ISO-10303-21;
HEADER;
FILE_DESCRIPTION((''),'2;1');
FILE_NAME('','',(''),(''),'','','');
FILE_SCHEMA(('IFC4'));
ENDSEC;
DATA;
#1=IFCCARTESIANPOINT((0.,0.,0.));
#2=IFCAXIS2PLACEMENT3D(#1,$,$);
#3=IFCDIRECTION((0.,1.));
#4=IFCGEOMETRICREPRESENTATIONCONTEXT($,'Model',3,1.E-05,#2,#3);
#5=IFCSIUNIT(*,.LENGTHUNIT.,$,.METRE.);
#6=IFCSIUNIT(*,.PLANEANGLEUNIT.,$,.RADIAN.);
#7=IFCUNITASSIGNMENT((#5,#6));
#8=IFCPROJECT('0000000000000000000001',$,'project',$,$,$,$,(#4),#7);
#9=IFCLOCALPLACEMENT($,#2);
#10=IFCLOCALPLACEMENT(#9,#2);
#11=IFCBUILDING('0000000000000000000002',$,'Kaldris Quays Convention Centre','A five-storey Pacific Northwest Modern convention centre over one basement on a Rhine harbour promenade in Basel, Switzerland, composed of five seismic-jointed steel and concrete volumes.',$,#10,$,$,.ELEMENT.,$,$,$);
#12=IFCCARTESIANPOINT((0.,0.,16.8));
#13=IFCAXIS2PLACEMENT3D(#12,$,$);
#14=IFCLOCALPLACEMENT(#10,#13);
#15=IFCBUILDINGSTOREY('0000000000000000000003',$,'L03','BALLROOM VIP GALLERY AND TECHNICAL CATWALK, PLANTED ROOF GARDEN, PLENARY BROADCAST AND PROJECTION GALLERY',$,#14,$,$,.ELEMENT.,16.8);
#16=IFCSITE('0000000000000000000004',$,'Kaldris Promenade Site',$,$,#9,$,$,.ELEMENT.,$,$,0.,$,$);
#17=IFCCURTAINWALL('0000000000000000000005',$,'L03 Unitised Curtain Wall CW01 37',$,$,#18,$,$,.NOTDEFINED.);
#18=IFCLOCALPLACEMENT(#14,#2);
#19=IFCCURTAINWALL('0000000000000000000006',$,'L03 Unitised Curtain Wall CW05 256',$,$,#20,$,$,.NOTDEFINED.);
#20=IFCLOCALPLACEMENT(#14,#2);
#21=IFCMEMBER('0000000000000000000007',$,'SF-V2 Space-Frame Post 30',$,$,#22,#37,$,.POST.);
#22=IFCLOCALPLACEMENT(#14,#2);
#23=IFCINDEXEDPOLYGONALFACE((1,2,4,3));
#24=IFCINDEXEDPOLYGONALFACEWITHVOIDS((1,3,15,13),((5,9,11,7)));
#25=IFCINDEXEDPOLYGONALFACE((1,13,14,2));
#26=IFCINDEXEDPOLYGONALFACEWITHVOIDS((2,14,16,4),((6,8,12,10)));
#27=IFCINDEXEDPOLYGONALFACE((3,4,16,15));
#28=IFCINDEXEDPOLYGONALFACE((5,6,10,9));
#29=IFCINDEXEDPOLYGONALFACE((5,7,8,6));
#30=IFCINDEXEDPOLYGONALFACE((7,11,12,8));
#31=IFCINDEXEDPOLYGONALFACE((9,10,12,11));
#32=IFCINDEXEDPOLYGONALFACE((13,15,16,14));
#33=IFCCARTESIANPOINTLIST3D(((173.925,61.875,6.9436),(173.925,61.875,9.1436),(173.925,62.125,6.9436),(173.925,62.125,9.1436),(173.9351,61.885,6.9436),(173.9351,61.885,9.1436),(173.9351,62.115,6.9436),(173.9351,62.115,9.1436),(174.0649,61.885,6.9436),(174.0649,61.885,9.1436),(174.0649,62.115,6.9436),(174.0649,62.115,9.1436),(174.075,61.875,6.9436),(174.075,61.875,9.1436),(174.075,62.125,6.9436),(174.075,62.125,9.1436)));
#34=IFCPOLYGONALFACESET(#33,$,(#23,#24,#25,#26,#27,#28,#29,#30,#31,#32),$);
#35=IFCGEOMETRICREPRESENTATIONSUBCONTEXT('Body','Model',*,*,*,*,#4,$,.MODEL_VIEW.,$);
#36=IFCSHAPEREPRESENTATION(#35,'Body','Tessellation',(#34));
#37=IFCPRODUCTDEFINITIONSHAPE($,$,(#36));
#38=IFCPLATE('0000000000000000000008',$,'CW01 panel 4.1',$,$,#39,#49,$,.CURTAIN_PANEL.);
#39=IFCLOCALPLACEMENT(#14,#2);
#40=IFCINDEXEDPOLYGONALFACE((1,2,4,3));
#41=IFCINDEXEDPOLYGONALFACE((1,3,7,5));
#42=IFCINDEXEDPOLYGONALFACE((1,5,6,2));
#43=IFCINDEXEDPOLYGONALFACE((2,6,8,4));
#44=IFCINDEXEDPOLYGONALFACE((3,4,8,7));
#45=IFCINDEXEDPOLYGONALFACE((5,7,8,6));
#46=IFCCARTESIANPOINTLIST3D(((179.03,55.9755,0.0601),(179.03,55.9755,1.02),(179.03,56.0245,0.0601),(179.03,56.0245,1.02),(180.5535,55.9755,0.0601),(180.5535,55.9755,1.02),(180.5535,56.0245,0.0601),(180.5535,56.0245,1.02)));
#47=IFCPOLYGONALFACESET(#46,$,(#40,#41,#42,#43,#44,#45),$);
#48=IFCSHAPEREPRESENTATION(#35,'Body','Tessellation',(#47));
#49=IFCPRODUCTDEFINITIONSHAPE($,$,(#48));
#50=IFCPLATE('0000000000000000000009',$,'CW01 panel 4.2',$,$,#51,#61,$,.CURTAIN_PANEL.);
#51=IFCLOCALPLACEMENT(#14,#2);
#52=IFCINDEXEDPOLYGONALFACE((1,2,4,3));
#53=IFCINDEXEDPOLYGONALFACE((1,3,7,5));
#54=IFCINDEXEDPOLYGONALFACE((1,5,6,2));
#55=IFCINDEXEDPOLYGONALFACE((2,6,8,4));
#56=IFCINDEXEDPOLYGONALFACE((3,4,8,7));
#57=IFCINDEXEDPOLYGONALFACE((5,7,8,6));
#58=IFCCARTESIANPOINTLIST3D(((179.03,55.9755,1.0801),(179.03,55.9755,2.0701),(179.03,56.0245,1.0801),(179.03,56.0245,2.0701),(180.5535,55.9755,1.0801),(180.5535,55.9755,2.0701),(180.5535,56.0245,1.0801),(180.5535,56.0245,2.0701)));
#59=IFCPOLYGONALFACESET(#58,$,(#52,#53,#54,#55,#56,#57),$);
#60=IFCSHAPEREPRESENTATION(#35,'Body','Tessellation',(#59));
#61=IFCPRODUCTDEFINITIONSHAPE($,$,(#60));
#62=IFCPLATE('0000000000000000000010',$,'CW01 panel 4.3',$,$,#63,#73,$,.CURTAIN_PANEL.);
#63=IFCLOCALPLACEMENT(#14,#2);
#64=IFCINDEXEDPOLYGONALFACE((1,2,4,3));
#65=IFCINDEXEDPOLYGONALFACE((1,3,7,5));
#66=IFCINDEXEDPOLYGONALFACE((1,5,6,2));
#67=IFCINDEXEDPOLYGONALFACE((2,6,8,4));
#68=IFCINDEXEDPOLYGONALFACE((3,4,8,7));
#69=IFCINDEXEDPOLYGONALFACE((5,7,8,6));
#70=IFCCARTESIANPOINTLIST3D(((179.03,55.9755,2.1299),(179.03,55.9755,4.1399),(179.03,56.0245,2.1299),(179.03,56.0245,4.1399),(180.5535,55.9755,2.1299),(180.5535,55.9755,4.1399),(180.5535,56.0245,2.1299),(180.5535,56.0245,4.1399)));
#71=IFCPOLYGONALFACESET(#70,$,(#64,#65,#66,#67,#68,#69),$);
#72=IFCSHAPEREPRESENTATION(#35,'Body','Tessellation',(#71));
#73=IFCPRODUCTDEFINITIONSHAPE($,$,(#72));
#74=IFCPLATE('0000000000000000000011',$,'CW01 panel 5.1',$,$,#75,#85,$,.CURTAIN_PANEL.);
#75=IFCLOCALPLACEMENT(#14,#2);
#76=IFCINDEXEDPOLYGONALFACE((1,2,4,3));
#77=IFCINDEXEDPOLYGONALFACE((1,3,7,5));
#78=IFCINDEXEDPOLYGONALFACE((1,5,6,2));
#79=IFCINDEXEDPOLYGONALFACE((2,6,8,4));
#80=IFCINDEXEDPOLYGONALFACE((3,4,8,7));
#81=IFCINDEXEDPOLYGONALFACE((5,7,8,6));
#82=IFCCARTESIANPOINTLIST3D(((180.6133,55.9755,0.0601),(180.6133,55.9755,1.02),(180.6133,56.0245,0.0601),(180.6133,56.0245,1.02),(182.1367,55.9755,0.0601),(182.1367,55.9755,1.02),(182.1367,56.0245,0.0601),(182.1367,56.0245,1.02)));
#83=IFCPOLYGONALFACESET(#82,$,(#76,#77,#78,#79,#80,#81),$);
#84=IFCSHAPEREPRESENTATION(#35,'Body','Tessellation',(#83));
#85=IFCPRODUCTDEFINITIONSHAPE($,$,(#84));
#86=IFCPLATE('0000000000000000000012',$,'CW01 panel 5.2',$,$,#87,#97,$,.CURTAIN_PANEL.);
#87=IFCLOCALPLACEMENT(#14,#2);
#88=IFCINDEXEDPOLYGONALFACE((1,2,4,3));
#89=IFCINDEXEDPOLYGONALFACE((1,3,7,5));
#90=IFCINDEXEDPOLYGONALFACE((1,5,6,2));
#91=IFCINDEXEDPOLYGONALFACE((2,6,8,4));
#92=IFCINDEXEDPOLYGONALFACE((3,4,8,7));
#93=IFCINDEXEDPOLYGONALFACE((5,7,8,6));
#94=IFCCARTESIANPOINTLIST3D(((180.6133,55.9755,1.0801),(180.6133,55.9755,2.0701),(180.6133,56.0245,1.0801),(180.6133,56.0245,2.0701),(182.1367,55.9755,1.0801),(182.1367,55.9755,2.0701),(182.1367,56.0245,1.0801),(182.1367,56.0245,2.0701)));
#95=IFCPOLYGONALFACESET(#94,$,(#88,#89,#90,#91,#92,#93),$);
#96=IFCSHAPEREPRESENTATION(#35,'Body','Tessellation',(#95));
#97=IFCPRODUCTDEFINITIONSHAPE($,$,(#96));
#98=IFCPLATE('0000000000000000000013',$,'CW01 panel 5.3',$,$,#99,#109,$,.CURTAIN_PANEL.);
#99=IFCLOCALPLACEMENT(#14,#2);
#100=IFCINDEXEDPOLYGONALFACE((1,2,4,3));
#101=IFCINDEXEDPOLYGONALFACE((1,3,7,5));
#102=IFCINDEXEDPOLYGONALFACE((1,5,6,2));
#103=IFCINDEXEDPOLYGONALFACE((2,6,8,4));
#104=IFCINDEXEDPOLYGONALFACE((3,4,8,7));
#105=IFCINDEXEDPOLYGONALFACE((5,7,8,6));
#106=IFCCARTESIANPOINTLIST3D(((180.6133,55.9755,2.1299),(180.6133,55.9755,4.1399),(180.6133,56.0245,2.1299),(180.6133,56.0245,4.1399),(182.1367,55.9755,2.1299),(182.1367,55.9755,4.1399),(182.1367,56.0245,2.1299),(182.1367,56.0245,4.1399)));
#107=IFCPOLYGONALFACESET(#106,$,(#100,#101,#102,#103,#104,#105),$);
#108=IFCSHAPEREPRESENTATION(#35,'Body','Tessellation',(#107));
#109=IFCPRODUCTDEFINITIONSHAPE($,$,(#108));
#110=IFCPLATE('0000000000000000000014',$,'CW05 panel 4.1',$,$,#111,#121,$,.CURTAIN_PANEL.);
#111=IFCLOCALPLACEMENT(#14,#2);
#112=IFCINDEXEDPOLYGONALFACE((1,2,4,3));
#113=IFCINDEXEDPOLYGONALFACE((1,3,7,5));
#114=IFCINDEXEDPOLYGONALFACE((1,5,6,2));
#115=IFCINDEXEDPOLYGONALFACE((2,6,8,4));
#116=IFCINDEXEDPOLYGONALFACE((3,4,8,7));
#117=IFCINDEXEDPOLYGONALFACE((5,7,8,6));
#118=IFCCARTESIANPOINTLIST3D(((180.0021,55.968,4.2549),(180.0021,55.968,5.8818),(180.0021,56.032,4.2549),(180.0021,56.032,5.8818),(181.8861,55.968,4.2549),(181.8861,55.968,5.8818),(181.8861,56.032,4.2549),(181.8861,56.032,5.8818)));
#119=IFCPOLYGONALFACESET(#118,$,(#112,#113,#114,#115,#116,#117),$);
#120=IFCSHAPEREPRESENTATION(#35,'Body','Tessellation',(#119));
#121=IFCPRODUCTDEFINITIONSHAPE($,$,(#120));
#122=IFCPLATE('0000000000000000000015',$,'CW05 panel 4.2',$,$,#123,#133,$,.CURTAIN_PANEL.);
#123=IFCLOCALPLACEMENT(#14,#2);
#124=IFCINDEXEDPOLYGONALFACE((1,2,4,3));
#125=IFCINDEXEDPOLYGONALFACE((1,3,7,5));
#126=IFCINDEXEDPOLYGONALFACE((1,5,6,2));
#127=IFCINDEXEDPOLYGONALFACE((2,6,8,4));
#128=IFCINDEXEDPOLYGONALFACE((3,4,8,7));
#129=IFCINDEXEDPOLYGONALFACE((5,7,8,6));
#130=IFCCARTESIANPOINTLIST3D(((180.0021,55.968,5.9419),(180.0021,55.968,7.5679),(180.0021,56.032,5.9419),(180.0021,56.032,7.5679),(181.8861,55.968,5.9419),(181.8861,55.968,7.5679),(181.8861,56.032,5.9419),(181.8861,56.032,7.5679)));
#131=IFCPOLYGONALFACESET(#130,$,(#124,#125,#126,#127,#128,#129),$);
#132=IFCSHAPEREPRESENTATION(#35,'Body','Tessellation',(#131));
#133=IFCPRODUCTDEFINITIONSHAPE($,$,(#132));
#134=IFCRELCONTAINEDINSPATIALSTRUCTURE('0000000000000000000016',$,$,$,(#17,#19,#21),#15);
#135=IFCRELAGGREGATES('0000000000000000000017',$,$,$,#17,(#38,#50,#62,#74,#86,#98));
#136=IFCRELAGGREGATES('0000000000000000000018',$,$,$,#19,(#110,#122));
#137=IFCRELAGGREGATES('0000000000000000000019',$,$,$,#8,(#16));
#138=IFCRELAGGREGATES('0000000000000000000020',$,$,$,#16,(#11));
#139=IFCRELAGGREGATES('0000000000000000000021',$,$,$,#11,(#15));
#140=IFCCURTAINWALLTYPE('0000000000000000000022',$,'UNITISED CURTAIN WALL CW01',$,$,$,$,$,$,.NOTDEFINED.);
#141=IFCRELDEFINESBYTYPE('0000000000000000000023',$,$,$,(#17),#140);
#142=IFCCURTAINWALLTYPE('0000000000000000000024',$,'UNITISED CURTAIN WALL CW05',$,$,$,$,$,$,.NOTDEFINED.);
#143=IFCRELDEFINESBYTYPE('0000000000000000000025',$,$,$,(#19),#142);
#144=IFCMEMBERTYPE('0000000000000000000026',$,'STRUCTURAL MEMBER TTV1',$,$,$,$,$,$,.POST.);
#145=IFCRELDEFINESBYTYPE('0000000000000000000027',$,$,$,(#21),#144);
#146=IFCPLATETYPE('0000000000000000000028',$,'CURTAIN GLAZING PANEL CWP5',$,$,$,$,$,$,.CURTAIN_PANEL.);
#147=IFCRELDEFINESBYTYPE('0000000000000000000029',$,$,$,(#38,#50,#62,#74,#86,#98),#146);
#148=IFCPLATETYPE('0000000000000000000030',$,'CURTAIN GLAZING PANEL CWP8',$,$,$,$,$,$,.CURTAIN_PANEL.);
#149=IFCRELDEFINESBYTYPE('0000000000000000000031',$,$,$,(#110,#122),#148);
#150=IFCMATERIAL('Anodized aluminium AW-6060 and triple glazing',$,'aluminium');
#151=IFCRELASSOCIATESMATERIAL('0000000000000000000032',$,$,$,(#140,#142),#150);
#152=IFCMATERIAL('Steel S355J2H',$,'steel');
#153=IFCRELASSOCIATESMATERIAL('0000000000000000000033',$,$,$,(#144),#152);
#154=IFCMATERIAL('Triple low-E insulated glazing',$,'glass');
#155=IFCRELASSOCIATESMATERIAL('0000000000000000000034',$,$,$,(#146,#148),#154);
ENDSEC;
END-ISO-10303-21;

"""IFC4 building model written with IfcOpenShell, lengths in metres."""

from ifc_helpers import new_model, si_unit, direction, frame, origin, origin_2d, place, context, subcontext, project, spatial, rectangle, hollow_rectangle, extrude, material, material_profile, profile_set, type_object, element, aggregate, save


model = new_model("IFC4")

# Units and contexts
model_context = context("Model", 3, precision=1e-05, world=origin(), true_north=direction((0.0, 1.0)))
body_context = subcontext(model_context, "Body", "Model", "MODEL_VIEW")
ifc_project = project(units=[si_unit("LENGTHUNIT", "METRE"), si_unit("PLANEANGLEUNIT", "RADIAN")], contexts=[model_context])

# Site, building, storey
site_placement = place(None, origin())
site = spatial("IfcSite", under=ifc_project, at=site_placement, Name="Kaldris Promenade Site", CompositionType="ELEMENT", RefElevation=0.0)
building_placement = place(site_placement, origin())
building = spatial("IfcBuilding", under=site, at=building_placement, Name="Kaldris Quays Convention Centre", Description="A five-storey Pacific Northwest Modern convention centre over one basement on a Rhine harbour promenade in Basel, Switzerland, composed of five seismic-jointed steel and concrete volumes.", CompositionType="ELEMENT")
storey_placement = place(building_placement, frame((0.0, 0.0, 16.8)))
storey = spatial("IfcBuildingStorey", under=building, at=storey_placement, Name="L03", Description="BALLROOM VIP GALLERY AND TECHNICAL CATWALK, PLANTED ROOF GARDEN, PLENARY BROADCAST AND PROJECTION GALLERY", CompositionType="ELEMENT", Elevation=16.8)

# Curtain walls
ifc_material_1 = material(Name="Anodized aluminium AW-6060 and triple glazing", Category="aluminium")
curtain_wall_type_1 = type_object("IfcCurtainWallType", Name="UNITISED CURTAIN WALL CW01", PredefinedType="NOTDEFINED", material=ifc_material_1)
curtain_wall_1_placement = place(storey_placement, origin())
curtain_wall_1 = element("IfcCurtainWall", 1, at=curtain_wall_1_placement, inside=storey, type_object=curtain_wall_type_1, Name="L03 Unitised Curtain Wall CW01 37", PredefinedType="NOTDEFINED")
curtain_wall_type_2 = type_object("IfcCurtainWallType", Name="UNITISED CURTAIN WALL CW05", PredefinedType="NOTDEFINED", material=ifc_material_1)
curtain_wall_2_placement = place(storey_placement, origin())
curtain_wall_2 = element("IfcCurtainWall", 2, at=curtain_wall_2_placement, inside=storey, type_object=curtain_wall_type_2, Name="L03 Unitised Curtain Wall CW05 256", PredefinedType="NOTDEFINED")

# Member
ifc_material_2 = material(Name="Steel S355J2H", Category="steel")
ifc_material_profile_1 = material_profile(ifc_material_2, hollow_rectangle(XDim=0.1499, YDim=0.25, WallThickness=0.01, at=origin_2d()), Name="RHS 250x150x10")
ifc_profile_set_1 = profile_set([ifc_material_profile_1], Name="Steel S355J2H")
member_type_1 = type_object("IfcMemberType", Name="STRUCTURAL MEMBER TTV1", PredefinedType="POST", material=ifc_profile_set_1)
for number, where, z_axis, x_axis, name in (
    (3, (174.0, 62.0, 6.9436), (0.0, 0.0, 1.0), (1.0, 0.0, 0.0), "SF-V2 Space-Frame Post 30"),
):
    element("IfcMember", number, at=place(storey_placement, frame(where, z_axis=z_axis, x_axis=x_axis)), inside=storey, type_object=member_type_1, Name=name, PredefinedType="POST", context=body_context, shape_type="SweptSolid", body=[
        extrude(hollow_rectangle(XDim=0.1499, YDim=0.25, WallThickness=0.01, at=origin_2d()), origin(), (0.0, 0.0, 1.0), 2.2),
    ])

# Plates
ifc_material_3 = material(Name="Triple low-E insulated glazing", Category="glass")
plate_type_1 = type_object("IfcPlateType", Name="CURTAIN GLAZING PANEL CWP5", PredefinedType="CURTAIN_PANEL", material=ifc_material_3)
plate_1_placement = place(storey_placement, frame((179.7917, 56.0, 0.0601), z_axis=(0.0, 0.0, 1.0), x_axis=(1.0, 0.0, 0.0)))
plate_1 = element("IfcPlate", 4, at=plate_1_placement, type_object=plate_type_1, Name="CW01 panel 4.1", PredefinedType="CURTAIN_PANEL", context=body_context, shape_type="SweptSolid", body=[
    extrude(rectangle(XDim=1.5234, YDim=0.0491, at=origin_2d()), origin(), (0.0, 0.0, 1.0), 0.96),
])
plate_2_placement = place(storey_placement, frame((179.7917, 56.0, 1.0801), z_axis=(0.0, 0.0, 1.0), x_axis=(1.0, 0.0, 0.0)))
plate_2 = element("IfcPlate", 5, at=plate_2_placement, type_object=plate_type_1, Name="CW01 panel 4.2", PredefinedType="CURTAIN_PANEL", context=body_context, shape_type="SweptSolid", body=[
    extrude(rectangle(XDim=1.5234, YDim=0.0491, at=origin_2d()), origin(), (0.0, 0.0, 1.0), 0.99),
])
plate_3_placement = place(storey_placement, frame((179.7917, 56.0, 2.1299), z_axis=(0.0, 0.0, 1.0), x_axis=(1.0, 0.0, 0.0)))
plate_3 = element("IfcPlate", 6, at=plate_3_placement, type_object=plate_type_1, Name="CW01 panel 4.3", PredefinedType="CURTAIN_PANEL", context=body_context, shape_type="SweptSolid", body=[
    extrude(rectangle(XDim=1.5234, YDim=0.0491, at=origin_2d()), origin(), (0.0, 0.0, 1.0), 2.01),
])
plate_4_placement = place(storey_placement, frame((181.375, 56.0, 0.0601), z_axis=(0.0, 0.0, 1.0), x_axis=(1.0, 0.0, 0.0)))
plate_4 = element("IfcPlate", 7, at=plate_4_placement, type_object=plate_type_1, Name="CW01 panel 5.1", PredefinedType="CURTAIN_PANEL", context=body_context, shape_type="SweptSolid", body=[
    extrude(rectangle(XDim=1.5234, YDim=0.0491, at=origin_2d()), origin(), (0.0, 0.0, 1.0), 0.96),
])
plate_5_placement = place(storey_placement, frame((181.375, 56.0, 1.0801), z_axis=(0.0, 0.0, 1.0), x_axis=(1.0, 0.0, 0.0)))
plate_5 = element("IfcPlate", 8, at=plate_5_placement, type_object=plate_type_1, Name="CW01 panel 5.2", PredefinedType="CURTAIN_PANEL", context=body_context, shape_type="SweptSolid", body=[
    extrude(rectangle(XDim=1.5234, YDim=0.0491, at=origin_2d()), origin(), (0.0, 0.0, 1.0), 0.99),
])
plate_6_placement = place(storey_placement, frame((181.375, 56.0, 2.1299), z_axis=(0.0, 0.0, 1.0), x_axis=(1.0, 0.0, 0.0)))
plate_6 = element("IfcPlate", 9, at=plate_6_placement, type_object=plate_type_1, Name="CW01 panel 5.3", PredefinedType="CURTAIN_PANEL", context=body_context, shape_type="SweptSolid", body=[
    extrude(rectangle(XDim=1.5234, YDim=0.0491, at=origin_2d()), origin(), (0.0, 0.0, 1.0), 2.01),
])
aggregate(curtain_wall_1, [plate_1, plate_2, plate_3, plate_4, plate_5, plate_6])
plate_type_2 = type_object("IfcPlateType", Name="CURTAIN GLAZING PANEL CWP8", PredefinedType="CURTAIN_PANEL", material=ifc_material_3)
plate_7_placement = place(storey_placement, frame((180.9441, 56.0, 4.2549), z_axis=(0.0, 0.0, 1.0), x_axis=(1.0, 0.0, 0.0)))
plate_7 = element("IfcPlate", 10, at=plate_7_placement, type_object=plate_type_2, Name="CW05 panel 4.1", PredefinedType="CURTAIN_PANEL", context=body_context, shape_type="SweptSolid", body=[
    extrude(rectangle(XDim=1.884, YDim=0.064, at=origin_2d()), origin(), (0.0, 0.0, 1.0), 1.627),
])
plate_8_placement = place(storey_placement, frame((180.9441, 56.0, 5.9419), z_axis=(0.0, 0.0, 1.0), x_axis=(1.0, 0.0, 0.0)))
plate_8 = element("IfcPlate", 11, at=plate_8_placement, type_object=plate_type_2, Name="CW05 panel 4.2", PredefinedType="CURTAIN_PANEL", context=body_context, shape_type="SweptSolid", body=[
    extrude(rectangle(XDim=1.884, YDim=0.064, at=origin_2d()), origin(), (0.0, 0.0, 1.0), 1.626),
])
aggregate(curtain_wall_2, [plate_7, plate_8])

save(model, "model.ifc")
